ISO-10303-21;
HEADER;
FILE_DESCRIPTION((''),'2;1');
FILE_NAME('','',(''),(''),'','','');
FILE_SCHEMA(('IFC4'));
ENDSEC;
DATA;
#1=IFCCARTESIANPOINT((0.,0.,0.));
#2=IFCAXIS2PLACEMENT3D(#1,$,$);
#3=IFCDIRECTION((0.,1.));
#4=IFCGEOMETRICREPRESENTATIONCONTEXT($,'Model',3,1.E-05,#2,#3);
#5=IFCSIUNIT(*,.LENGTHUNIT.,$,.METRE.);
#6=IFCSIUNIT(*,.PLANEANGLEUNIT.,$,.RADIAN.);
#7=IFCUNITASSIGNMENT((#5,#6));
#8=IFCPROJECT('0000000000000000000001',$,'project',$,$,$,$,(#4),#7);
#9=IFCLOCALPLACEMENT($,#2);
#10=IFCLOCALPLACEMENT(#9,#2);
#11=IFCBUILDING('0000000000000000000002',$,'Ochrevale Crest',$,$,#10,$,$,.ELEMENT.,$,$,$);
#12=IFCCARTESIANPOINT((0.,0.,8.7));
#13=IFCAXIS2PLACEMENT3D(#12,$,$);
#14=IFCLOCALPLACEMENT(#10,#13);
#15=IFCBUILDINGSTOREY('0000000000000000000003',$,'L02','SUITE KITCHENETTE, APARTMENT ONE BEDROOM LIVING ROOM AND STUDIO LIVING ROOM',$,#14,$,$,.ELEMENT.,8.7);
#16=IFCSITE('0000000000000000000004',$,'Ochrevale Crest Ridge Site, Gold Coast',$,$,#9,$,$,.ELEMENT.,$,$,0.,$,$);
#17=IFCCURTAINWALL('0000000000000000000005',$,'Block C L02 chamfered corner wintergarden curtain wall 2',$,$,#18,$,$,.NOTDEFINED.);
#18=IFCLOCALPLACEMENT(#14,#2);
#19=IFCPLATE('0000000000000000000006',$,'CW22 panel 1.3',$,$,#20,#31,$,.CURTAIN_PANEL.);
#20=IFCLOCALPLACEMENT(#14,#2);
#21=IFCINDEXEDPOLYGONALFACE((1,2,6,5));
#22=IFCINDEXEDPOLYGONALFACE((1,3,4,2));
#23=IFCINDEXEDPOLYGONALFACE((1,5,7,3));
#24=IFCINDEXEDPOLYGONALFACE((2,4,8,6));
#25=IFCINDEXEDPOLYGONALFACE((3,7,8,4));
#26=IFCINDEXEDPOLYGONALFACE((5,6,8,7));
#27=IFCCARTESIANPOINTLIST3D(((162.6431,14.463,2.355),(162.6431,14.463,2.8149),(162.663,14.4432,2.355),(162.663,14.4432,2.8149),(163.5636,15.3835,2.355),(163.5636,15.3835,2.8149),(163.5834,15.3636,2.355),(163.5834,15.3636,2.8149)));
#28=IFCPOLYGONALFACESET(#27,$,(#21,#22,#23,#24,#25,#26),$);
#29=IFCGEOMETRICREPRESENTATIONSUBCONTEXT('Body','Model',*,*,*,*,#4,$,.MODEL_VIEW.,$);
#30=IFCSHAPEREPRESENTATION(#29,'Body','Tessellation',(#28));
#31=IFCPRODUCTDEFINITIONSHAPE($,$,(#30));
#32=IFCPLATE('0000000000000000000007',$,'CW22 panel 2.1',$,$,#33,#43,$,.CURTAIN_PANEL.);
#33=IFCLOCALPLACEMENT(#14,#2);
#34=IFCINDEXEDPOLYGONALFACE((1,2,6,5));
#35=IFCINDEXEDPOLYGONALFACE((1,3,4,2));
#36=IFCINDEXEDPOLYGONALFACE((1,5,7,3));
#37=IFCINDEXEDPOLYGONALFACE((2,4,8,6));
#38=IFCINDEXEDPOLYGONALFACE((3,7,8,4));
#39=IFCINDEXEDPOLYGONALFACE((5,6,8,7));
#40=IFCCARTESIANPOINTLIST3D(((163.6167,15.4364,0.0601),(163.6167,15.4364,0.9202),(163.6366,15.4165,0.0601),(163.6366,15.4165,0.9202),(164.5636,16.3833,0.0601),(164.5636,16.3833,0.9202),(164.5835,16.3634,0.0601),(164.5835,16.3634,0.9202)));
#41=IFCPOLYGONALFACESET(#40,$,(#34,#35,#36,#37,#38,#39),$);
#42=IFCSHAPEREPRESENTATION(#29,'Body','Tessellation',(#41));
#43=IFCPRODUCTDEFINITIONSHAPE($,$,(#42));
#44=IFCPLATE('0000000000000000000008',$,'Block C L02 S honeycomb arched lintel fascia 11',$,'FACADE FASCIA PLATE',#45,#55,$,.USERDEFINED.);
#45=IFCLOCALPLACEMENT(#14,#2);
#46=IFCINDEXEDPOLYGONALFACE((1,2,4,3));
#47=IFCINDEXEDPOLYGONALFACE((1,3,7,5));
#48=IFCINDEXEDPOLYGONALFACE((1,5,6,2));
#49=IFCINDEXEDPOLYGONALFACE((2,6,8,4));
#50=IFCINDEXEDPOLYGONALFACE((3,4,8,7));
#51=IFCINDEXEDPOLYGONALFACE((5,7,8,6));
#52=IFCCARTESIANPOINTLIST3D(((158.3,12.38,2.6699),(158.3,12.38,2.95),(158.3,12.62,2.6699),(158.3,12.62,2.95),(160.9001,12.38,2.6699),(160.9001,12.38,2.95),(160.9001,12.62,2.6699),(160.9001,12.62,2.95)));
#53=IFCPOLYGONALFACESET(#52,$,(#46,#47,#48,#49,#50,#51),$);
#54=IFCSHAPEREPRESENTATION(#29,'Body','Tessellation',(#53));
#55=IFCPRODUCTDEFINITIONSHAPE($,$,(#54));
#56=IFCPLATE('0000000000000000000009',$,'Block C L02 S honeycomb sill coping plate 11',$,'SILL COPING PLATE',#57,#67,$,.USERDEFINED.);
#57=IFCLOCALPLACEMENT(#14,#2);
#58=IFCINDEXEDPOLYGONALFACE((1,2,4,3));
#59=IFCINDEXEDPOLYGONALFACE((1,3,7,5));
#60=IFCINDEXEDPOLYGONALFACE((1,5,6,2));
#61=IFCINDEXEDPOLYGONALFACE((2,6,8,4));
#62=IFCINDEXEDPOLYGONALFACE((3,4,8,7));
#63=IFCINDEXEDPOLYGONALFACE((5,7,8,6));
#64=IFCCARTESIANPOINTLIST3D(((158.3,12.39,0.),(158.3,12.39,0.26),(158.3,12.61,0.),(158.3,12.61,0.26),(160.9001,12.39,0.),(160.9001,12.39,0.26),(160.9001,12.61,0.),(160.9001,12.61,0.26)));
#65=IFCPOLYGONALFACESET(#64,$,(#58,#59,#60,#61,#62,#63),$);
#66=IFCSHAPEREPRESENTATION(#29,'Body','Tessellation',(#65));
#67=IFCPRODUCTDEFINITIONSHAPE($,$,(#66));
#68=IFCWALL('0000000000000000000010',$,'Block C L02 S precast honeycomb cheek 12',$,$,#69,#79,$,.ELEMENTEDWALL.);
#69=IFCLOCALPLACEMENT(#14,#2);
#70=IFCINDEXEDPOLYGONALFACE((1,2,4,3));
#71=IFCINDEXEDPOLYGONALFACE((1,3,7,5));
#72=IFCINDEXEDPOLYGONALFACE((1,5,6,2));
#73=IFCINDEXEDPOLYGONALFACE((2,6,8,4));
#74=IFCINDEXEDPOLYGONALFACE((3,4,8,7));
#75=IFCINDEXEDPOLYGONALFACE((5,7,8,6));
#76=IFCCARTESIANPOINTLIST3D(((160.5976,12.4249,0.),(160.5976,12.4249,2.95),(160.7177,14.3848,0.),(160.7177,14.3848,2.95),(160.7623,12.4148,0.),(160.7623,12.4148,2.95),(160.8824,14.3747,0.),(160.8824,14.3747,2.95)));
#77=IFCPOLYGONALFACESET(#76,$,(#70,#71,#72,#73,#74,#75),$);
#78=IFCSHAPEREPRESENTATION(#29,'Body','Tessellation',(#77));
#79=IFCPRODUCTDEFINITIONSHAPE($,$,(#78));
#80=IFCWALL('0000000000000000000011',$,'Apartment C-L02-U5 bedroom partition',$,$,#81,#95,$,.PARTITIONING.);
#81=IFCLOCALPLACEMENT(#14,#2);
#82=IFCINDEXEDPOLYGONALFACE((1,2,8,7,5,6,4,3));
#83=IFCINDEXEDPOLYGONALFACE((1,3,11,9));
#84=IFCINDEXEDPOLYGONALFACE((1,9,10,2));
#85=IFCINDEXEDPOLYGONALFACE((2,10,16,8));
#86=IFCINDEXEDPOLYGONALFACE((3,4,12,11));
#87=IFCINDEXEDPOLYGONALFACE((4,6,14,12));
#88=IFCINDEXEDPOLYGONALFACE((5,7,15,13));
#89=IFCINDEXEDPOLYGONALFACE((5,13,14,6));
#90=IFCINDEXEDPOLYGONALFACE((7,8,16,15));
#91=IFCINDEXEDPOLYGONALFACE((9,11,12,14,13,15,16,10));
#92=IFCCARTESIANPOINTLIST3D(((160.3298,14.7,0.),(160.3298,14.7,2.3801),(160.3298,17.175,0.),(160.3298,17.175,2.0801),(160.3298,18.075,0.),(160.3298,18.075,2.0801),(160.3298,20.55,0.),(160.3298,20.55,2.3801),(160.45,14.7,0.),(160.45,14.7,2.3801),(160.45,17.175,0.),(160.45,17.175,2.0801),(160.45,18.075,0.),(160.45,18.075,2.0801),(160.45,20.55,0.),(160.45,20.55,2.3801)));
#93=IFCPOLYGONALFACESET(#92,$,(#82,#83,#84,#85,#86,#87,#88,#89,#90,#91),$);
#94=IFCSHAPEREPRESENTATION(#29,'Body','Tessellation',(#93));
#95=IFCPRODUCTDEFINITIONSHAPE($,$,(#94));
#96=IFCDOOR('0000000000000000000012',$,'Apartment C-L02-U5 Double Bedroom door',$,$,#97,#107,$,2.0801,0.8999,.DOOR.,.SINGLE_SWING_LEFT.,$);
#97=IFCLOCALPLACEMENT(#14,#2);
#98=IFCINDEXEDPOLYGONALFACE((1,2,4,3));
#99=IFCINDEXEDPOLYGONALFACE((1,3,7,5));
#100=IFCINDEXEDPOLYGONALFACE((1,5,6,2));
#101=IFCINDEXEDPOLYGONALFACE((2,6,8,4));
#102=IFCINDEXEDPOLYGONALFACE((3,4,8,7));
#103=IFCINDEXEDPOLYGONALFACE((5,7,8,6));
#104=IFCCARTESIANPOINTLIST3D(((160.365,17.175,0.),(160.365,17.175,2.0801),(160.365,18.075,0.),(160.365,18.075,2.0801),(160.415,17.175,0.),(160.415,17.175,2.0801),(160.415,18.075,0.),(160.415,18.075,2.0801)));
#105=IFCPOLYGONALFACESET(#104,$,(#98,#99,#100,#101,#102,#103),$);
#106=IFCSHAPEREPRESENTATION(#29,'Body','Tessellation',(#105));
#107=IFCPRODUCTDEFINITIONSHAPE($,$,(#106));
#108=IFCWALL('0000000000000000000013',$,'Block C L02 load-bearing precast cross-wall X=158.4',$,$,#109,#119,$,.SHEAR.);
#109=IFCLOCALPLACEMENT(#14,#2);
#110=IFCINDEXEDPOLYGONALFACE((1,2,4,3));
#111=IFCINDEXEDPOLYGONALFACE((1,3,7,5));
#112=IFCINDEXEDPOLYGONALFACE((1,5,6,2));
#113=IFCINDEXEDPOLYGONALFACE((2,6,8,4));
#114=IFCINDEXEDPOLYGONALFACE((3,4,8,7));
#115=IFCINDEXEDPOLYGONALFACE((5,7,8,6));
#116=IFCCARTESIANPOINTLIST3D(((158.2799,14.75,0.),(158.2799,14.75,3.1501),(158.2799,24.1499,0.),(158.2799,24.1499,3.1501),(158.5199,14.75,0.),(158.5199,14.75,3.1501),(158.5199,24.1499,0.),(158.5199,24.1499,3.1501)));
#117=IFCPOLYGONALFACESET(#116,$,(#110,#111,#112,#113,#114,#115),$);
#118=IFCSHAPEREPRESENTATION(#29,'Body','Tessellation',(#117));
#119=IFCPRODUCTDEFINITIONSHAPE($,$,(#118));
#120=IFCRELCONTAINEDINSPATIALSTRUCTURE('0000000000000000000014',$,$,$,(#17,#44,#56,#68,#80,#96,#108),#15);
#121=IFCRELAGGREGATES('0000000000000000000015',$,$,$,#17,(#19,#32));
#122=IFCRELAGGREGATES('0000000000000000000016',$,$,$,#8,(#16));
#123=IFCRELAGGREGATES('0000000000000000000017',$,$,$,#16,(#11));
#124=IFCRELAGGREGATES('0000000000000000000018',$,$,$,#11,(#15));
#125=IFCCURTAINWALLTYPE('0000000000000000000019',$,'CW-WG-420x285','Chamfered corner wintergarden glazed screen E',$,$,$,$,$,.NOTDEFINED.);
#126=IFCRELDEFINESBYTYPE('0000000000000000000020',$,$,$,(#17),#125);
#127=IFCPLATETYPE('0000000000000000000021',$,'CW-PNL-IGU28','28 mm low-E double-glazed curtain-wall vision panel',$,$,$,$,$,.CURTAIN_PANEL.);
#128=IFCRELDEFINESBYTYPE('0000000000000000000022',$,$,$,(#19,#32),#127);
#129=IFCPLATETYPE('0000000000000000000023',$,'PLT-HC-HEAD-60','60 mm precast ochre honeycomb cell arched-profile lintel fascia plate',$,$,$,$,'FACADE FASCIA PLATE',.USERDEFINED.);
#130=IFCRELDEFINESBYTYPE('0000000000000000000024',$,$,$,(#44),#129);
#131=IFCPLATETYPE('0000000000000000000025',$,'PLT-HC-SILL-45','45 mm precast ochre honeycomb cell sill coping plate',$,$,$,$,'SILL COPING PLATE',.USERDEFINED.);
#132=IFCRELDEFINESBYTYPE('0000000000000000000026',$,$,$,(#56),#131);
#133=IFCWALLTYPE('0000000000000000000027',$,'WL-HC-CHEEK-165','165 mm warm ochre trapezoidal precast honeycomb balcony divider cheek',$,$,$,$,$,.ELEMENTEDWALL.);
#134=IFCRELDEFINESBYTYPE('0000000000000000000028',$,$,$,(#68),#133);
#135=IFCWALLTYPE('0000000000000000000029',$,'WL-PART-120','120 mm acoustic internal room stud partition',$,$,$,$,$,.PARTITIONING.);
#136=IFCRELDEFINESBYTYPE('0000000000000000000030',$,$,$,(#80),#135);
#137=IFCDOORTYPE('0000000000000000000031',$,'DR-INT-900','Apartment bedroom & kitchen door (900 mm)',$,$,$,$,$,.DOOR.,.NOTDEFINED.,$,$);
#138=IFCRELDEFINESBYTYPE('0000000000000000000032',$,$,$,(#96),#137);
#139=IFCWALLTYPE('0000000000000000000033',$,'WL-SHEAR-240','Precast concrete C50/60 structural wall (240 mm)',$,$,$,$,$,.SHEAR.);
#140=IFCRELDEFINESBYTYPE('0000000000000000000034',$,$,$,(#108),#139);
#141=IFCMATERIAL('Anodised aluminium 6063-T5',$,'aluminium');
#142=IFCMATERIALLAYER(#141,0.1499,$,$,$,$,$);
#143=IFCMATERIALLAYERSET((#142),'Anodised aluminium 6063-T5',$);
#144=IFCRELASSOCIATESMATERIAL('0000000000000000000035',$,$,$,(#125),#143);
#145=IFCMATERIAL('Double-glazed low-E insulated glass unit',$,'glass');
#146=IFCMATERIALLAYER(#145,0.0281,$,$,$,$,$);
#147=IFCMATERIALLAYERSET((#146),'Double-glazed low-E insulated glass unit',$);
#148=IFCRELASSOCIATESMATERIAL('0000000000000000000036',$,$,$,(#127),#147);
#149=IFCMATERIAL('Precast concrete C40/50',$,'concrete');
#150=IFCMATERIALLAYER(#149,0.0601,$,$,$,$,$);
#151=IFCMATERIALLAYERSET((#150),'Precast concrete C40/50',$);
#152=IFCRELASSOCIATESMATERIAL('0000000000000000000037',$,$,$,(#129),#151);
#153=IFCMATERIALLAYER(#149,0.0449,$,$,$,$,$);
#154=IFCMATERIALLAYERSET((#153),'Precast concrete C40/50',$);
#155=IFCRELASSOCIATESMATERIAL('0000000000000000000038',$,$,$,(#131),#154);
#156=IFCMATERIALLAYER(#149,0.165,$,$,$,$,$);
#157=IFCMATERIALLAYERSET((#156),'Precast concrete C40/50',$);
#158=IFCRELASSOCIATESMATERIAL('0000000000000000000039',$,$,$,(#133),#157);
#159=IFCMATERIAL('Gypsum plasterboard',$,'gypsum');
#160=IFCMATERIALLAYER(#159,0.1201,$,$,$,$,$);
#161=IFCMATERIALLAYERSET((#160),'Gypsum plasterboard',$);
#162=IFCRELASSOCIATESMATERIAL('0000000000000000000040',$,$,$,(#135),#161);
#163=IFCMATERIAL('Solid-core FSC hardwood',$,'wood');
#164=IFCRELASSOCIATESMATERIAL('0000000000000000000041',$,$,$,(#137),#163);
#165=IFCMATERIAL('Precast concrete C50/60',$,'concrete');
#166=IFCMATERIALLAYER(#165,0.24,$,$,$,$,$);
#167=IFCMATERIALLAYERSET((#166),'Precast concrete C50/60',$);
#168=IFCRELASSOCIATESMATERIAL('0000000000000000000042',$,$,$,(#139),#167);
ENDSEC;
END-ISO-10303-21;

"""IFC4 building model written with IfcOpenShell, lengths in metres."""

from ifc_helpers import new_model, si_unit, direction, frame, frame_2d, origin, origin_2d, place, context, subcontext, project, spatial, rectangle, extrude, material, layer, layer_set, type_object, element, fill, aggregate, save


model = new_model("IFC4")

# Units and contexts
model_context = context("Model", 3, precision=1e-05, world=origin(), true_north=direction((0.0, 1.0)))
body_context = subcontext(model_context, "Body", "Model", "MODEL_VIEW")
ifc_project = project(units=[si_unit("LENGTHUNIT", "METRE"), si_unit("PLANEANGLEUNIT", "RADIAN")], contexts=[model_context])

# Site, building, storey
site_placement = place(None, origin())
site = spatial("IfcSite", under=ifc_project, at=site_placement, Name="Ochrevale Crest Ridge Site, Gold Coast", CompositionType="ELEMENT", RefElevation=0.0)
building_placement = place(site_placement, origin())
building = spatial("IfcBuilding", under=site, at=building_placement, Name="Ochrevale Crest", CompositionType="ELEMENT")
storey_placement = place(building_placement, frame((0.0, 0.0, 8.7)))
storey = spatial("IfcBuildingStorey", under=building, at=storey_placement, Name="L02", Description="SUITE KITCHENETTE, APARTMENT ONE BEDROOM LIVING ROOM AND STUDIO LIVING ROOM", CompositionType="ELEMENT", Elevation=8.7)

# Shared definitions
ifc_material_1 = material(Name="Precast concrete C50/60", Category="concrete")

# Curtain wall, plates
ifc_material_2 = material(Name="Anodised aluminium 6063-T5", Category="aluminium")
ifc_layer_1 = layer(ifc_material_2, 0.1499)
ifc_layer_set_1 = layer_set([ifc_layer_1], Name="Anodised aluminium 6063-T5")
curtain_wall_type = type_object("IfcCurtainWallType", Name="CW-WG-420x285", Description="Chamfered corner wintergarden glazed screen E", PredefinedType="NOTDEFINED", material=ifc_layer_set_1)
curtain_wall_placement = place(storey_placement, origin())
curtain_wall = element("IfcCurtainWall", 1, at=curtain_wall_placement, inside=storey, type_object=curtain_wall_type, Name="Block C L02 chamfered corner wintergarden curtain wall 2", PredefinedType="NOTDEFINED")
ifc_material_3 = material(Name="Double-glazed low-E insulated glass unit", Category="glass")
ifc_layer_2 = layer(ifc_material_3, 0.0281)
ifc_layer_set_2 = layer_set([ifc_layer_2], Name="Double-glazed low-E insulated glass unit")
plate_type_1 = type_object("IfcPlateType", Name="CW-PNL-IGU28", Description="28 mm low-E double-glazed curtain-wall vision panel", PredefinedType="CURTAIN_PANEL", material=ifc_layer_set_2)
plate_1_placement = place(storey_placement, frame((163.1133, 14.9133, 2.355), z_axis=(0.0, 0.0, 1.0), x_axis=(0.707107, 0.707107, 0.0)))
plate_1 = element("IfcPlate", 2, at=plate_1_placement, type_object=plate_type_1, Name="CW22 panel 1.3", PredefinedType="CURTAIN_PANEL", context=body_context, shape_type="SweptSolid", body=[
    extrude(rectangle(XDim=1.3018, YDim=0.0281, at=origin_2d()), origin(), (0.0, 0.0, 1.0), 0.46),
])
plate_2_placement = place(storey_placement, frame((164.1001, 15.8999, 0.0601), z_axis=(0.0, 0.0, 1.0), x_axis=(0.707107, 0.707107, 0.0)))
plate_2 = element("IfcPlate", 3, at=plate_2_placement, type_object=plate_type_1, Name="CW22 panel 2.1", PredefinedType="CURTAIN_PANEL", context=body_context, shape_type="SweptSolid", body=[
    extrude(rectangle(XDim=1.3391, YDim=0.0281, at=origin_2d()), origin(), (0.0, 0.0, 1.0), 0.8601),
])
aggregate(curtain_wall, [plate_1, plate_2])

# Plates
ifc_material_4 = material(Name="Precast concrete C40/50", Category="concrete")
ifc_layer_3 = layer(ifc_material_4, 0.0601)
ifc_layer_set_3 = layer_set([ifc_layer_3], Name="Precast concrete C40/50")
plate_type_2 = type_object("IfcPlateType", Name="PLT-HC-HEAD-60", Description="60 mm precast ochre honeycomb cell arched-profile lintel fascia plate", ElementType="FACADE FASCIA PLATE", PredefinedType="USERDEFINED", material=ifc_layer_set_3)
plate_3_placement = place(storey_placement, frame((159.6001, 12.5, 2.6699), z_axis=(0.0, 0.0, 1.0), x_axis=(1.0, 0.0, 0.0)))
element("IfcPlate", 4, at=plate_3_placement, inside=storey, type_object=plate_type_2, Name="Block C L02 S honeycomb arched lintel fascia 11", ObjectType="FACADE FASCIA PLATE", PredefinedType="USERDEFINED", context=body_context, shape_type="SweptSolid", body=[
    extrude(rectangle(XDim=2.6001, YDim=0.24, at=origin_2d()), origin(), (0.0, 0.0, 1.0), 0.28),
])
ifc_layer_4 = layer(ifc_material_4, 0.0449)
ifc_layer_set_4 = layer_set([ifc_layer_4], Name="Precast concrete C40/50")
plate_type_3 = type_object("IfcPlateType", Name="PLT-HC-SILL-45", Description="45 mm precast ochre honeycomb cell sill coping plate", ElementType="SILL COPING PLATE", PredefinedType="USERDEFINED", material=ifc_layer_set_4)
plate_4_placement = place(storey_placement, frame((159.6001, 12.5, 0.0), z_axis=(0.0, 0.0, 1.0), x_axis=(1.0, 0.0, 0.0)))
element("IfcPlate", 5, at=plate_4_placement, inside=storey, type_object=plate_type_3, Name="Block C L02 S honeycomb sill coping plate 11", ObjectType="SILL COPING PLATE", PredefinedType="USERDEFINED", context=body_context, shape_type="SweptSolid", body=[
    extrude(rectangle(XDim=2.6001, YDim=0.22, at=origin_2d()), origin(), (0.0, 0.0, 1.0), 0.26),
])

# Wall
ifc_layer_5 = layer(ifc_material_4, 0.165)
ifc_layer_set_5 = layer_set([ifc_layer_5], Name="Precast concrete C40/50")
wall_type_1 = type_object("IfcWallType", Name="WL-HC-CHEEK-165", Description="165 mm warm ochre trapezoidal precast honeycomb balcony divider cheek", PredefinedType="ELEMENTEDWALL", material=ifc_layer_set_5)
wall_1_placement = place(storey_placement, frame((160.8, 14.3799, 0.0), z_axis=(0.0, 0.0, 1.0), x_axis=(-0.061171, -0.998127, 0.0)))
element("IfcWall", 6, at=wall_1_placement, inside=storey, type_object=wall_type_1, Name="Block C L02 S precast honeycomb cheek 12", PredefinedType="ELEMENTEDWALL", context=body_context, shape_type="SweptSolid", body=[
    extrude(rectangle(XDim=1.9636, YDim=0.165, at=frame_2d((0.9819, 0.0))), origin(), (0.0, 0.0, 1.0), 2.95),
])

# Wall, opening, door
ifc_material_5 = material(Name="Gypsum plasterboard", Category="gypsum")
ifc_layer_6 = layer(ifc_material_5, 0.1201)
ifc_layer_set_6 = layer_set([ifc_layer_6], Name="Gypsum plasterboard")
wall_type_2 = type_object("IfcWallType", Name="WL-PART-120", Description="120 mm acoustic internal room stud partition", PredefinedType="PARTITIONING", material=ifc_layer_set_6)
wall_2_placement = place(storey_placement, frame((160.3899, 14.7, 0.0), z_axis=(0.0, 0.0, 1.0), x_axis=(0.0, 1.0, 0.0)))
wall_2 = element("IfcWall", 7, at=wall_2_placement, inside=storey, type_object=wall_type_2, Name="Apartment C-L02-U5 bedroom partition", PredefinedType="PARTITIONING", context=body_context, shape_type="SweptSolid", body=[
    extrude(rectangle(XDim=5.8501, YDim=0.1201, at=frame_2d((2.925, 0.0))), origin(), (0.0, 0.0, 1.0), 2.3801),
])
opening_placement = place(wall_2_placement, frame((2.4751, 0.0, 0.0)))
opening = element("IfcOpeningElement", 8, at=opening_placement, cuts=wall_2, PredefinedType="OPENING", context=body_context, shape_type="SweptSolid", body=[
    extrude(rectangle(XDim=0.8999, YDim=2.0801, at=frame_2d((0.45, 1.04))), frame((0.0, 0.0701, 0.0), z_axis=(0.0, -1.0, 0.0), x_axis=(1.0, 0.0, 0.0)), (0.0, 0.0, 1.0), 0.1401),
])
ifc_material_6 = material(Name="Solid-core FSC hardwood", Category="wood")
door_type = type_object("IfcDoorType", Name="DR-INT-900", Description="Apartment bedroom & kitchen door (900 mm)", OperationType="NOTDEFINED", PredefinedType="DOOR", material=ifc_material_6)
door_placement = place(opening_placement, origin())
door = element("IfcDoor", 9, at=door_placement, inside=storey, type_object=door_type, Name="Apartment C-L02-U5 Double Bedroom door", OperationType="SINGLE_SWING_LEFT", OverallHeight=2.0801, OverallWidth=0.8999, PredefinedType="DOOR", context=body_context, shape_type="SweptSolid", body=[
    extrude(rectangle(XDim=0.8999, YDim=2.0801, at=frame_2d((0.45, 1.04))), frame((0.0, 0.0249, 0.0), z_axis=(0.0, -1.0, 0.0), x_axis=(1.0, 0.0, 0.0)), (0.0, 0.0, 1.0), 0.05),
])
fill(opening, door)

# Wall
ifc_layer_7 = layer(ifc_material_1, 0.24)
ifc_layer_set_7 = layer_set([ifc_layer_7], Name="Precast concrete C50/60")
wall_type_3 = type_object("IfcWallType", Name="WL-SHEAR-240", Description="Precast concrete C50/60 structural wall (240 mm)", PredefinedType="SHEAR", material=ifc_layer_set_7)
wall_3_placement = place(storey_placement, frame((158.3999, 14.75, 0.0), z_axis=(0.0, 0.0, 1.0), x_axis=(0.0, 1.0, 0.0)))
element("IfcWall", 10, at=wall_3_placement, inside=storey, type_object=wall_type_3, Name="Block C L02 load-bearing precast cross-wall X=158.4", PredefinedType="SHEAR", context=body_context, shape_type="SweptSolid", body=[
    extrude(rectangle(XDim=9.3999, YDim=0.24, at=frame_2d((4.7, 0.0))), origin(), (0.0, 0.0, 1.0), 3.1501),
])

save(model, "model.ifc")
